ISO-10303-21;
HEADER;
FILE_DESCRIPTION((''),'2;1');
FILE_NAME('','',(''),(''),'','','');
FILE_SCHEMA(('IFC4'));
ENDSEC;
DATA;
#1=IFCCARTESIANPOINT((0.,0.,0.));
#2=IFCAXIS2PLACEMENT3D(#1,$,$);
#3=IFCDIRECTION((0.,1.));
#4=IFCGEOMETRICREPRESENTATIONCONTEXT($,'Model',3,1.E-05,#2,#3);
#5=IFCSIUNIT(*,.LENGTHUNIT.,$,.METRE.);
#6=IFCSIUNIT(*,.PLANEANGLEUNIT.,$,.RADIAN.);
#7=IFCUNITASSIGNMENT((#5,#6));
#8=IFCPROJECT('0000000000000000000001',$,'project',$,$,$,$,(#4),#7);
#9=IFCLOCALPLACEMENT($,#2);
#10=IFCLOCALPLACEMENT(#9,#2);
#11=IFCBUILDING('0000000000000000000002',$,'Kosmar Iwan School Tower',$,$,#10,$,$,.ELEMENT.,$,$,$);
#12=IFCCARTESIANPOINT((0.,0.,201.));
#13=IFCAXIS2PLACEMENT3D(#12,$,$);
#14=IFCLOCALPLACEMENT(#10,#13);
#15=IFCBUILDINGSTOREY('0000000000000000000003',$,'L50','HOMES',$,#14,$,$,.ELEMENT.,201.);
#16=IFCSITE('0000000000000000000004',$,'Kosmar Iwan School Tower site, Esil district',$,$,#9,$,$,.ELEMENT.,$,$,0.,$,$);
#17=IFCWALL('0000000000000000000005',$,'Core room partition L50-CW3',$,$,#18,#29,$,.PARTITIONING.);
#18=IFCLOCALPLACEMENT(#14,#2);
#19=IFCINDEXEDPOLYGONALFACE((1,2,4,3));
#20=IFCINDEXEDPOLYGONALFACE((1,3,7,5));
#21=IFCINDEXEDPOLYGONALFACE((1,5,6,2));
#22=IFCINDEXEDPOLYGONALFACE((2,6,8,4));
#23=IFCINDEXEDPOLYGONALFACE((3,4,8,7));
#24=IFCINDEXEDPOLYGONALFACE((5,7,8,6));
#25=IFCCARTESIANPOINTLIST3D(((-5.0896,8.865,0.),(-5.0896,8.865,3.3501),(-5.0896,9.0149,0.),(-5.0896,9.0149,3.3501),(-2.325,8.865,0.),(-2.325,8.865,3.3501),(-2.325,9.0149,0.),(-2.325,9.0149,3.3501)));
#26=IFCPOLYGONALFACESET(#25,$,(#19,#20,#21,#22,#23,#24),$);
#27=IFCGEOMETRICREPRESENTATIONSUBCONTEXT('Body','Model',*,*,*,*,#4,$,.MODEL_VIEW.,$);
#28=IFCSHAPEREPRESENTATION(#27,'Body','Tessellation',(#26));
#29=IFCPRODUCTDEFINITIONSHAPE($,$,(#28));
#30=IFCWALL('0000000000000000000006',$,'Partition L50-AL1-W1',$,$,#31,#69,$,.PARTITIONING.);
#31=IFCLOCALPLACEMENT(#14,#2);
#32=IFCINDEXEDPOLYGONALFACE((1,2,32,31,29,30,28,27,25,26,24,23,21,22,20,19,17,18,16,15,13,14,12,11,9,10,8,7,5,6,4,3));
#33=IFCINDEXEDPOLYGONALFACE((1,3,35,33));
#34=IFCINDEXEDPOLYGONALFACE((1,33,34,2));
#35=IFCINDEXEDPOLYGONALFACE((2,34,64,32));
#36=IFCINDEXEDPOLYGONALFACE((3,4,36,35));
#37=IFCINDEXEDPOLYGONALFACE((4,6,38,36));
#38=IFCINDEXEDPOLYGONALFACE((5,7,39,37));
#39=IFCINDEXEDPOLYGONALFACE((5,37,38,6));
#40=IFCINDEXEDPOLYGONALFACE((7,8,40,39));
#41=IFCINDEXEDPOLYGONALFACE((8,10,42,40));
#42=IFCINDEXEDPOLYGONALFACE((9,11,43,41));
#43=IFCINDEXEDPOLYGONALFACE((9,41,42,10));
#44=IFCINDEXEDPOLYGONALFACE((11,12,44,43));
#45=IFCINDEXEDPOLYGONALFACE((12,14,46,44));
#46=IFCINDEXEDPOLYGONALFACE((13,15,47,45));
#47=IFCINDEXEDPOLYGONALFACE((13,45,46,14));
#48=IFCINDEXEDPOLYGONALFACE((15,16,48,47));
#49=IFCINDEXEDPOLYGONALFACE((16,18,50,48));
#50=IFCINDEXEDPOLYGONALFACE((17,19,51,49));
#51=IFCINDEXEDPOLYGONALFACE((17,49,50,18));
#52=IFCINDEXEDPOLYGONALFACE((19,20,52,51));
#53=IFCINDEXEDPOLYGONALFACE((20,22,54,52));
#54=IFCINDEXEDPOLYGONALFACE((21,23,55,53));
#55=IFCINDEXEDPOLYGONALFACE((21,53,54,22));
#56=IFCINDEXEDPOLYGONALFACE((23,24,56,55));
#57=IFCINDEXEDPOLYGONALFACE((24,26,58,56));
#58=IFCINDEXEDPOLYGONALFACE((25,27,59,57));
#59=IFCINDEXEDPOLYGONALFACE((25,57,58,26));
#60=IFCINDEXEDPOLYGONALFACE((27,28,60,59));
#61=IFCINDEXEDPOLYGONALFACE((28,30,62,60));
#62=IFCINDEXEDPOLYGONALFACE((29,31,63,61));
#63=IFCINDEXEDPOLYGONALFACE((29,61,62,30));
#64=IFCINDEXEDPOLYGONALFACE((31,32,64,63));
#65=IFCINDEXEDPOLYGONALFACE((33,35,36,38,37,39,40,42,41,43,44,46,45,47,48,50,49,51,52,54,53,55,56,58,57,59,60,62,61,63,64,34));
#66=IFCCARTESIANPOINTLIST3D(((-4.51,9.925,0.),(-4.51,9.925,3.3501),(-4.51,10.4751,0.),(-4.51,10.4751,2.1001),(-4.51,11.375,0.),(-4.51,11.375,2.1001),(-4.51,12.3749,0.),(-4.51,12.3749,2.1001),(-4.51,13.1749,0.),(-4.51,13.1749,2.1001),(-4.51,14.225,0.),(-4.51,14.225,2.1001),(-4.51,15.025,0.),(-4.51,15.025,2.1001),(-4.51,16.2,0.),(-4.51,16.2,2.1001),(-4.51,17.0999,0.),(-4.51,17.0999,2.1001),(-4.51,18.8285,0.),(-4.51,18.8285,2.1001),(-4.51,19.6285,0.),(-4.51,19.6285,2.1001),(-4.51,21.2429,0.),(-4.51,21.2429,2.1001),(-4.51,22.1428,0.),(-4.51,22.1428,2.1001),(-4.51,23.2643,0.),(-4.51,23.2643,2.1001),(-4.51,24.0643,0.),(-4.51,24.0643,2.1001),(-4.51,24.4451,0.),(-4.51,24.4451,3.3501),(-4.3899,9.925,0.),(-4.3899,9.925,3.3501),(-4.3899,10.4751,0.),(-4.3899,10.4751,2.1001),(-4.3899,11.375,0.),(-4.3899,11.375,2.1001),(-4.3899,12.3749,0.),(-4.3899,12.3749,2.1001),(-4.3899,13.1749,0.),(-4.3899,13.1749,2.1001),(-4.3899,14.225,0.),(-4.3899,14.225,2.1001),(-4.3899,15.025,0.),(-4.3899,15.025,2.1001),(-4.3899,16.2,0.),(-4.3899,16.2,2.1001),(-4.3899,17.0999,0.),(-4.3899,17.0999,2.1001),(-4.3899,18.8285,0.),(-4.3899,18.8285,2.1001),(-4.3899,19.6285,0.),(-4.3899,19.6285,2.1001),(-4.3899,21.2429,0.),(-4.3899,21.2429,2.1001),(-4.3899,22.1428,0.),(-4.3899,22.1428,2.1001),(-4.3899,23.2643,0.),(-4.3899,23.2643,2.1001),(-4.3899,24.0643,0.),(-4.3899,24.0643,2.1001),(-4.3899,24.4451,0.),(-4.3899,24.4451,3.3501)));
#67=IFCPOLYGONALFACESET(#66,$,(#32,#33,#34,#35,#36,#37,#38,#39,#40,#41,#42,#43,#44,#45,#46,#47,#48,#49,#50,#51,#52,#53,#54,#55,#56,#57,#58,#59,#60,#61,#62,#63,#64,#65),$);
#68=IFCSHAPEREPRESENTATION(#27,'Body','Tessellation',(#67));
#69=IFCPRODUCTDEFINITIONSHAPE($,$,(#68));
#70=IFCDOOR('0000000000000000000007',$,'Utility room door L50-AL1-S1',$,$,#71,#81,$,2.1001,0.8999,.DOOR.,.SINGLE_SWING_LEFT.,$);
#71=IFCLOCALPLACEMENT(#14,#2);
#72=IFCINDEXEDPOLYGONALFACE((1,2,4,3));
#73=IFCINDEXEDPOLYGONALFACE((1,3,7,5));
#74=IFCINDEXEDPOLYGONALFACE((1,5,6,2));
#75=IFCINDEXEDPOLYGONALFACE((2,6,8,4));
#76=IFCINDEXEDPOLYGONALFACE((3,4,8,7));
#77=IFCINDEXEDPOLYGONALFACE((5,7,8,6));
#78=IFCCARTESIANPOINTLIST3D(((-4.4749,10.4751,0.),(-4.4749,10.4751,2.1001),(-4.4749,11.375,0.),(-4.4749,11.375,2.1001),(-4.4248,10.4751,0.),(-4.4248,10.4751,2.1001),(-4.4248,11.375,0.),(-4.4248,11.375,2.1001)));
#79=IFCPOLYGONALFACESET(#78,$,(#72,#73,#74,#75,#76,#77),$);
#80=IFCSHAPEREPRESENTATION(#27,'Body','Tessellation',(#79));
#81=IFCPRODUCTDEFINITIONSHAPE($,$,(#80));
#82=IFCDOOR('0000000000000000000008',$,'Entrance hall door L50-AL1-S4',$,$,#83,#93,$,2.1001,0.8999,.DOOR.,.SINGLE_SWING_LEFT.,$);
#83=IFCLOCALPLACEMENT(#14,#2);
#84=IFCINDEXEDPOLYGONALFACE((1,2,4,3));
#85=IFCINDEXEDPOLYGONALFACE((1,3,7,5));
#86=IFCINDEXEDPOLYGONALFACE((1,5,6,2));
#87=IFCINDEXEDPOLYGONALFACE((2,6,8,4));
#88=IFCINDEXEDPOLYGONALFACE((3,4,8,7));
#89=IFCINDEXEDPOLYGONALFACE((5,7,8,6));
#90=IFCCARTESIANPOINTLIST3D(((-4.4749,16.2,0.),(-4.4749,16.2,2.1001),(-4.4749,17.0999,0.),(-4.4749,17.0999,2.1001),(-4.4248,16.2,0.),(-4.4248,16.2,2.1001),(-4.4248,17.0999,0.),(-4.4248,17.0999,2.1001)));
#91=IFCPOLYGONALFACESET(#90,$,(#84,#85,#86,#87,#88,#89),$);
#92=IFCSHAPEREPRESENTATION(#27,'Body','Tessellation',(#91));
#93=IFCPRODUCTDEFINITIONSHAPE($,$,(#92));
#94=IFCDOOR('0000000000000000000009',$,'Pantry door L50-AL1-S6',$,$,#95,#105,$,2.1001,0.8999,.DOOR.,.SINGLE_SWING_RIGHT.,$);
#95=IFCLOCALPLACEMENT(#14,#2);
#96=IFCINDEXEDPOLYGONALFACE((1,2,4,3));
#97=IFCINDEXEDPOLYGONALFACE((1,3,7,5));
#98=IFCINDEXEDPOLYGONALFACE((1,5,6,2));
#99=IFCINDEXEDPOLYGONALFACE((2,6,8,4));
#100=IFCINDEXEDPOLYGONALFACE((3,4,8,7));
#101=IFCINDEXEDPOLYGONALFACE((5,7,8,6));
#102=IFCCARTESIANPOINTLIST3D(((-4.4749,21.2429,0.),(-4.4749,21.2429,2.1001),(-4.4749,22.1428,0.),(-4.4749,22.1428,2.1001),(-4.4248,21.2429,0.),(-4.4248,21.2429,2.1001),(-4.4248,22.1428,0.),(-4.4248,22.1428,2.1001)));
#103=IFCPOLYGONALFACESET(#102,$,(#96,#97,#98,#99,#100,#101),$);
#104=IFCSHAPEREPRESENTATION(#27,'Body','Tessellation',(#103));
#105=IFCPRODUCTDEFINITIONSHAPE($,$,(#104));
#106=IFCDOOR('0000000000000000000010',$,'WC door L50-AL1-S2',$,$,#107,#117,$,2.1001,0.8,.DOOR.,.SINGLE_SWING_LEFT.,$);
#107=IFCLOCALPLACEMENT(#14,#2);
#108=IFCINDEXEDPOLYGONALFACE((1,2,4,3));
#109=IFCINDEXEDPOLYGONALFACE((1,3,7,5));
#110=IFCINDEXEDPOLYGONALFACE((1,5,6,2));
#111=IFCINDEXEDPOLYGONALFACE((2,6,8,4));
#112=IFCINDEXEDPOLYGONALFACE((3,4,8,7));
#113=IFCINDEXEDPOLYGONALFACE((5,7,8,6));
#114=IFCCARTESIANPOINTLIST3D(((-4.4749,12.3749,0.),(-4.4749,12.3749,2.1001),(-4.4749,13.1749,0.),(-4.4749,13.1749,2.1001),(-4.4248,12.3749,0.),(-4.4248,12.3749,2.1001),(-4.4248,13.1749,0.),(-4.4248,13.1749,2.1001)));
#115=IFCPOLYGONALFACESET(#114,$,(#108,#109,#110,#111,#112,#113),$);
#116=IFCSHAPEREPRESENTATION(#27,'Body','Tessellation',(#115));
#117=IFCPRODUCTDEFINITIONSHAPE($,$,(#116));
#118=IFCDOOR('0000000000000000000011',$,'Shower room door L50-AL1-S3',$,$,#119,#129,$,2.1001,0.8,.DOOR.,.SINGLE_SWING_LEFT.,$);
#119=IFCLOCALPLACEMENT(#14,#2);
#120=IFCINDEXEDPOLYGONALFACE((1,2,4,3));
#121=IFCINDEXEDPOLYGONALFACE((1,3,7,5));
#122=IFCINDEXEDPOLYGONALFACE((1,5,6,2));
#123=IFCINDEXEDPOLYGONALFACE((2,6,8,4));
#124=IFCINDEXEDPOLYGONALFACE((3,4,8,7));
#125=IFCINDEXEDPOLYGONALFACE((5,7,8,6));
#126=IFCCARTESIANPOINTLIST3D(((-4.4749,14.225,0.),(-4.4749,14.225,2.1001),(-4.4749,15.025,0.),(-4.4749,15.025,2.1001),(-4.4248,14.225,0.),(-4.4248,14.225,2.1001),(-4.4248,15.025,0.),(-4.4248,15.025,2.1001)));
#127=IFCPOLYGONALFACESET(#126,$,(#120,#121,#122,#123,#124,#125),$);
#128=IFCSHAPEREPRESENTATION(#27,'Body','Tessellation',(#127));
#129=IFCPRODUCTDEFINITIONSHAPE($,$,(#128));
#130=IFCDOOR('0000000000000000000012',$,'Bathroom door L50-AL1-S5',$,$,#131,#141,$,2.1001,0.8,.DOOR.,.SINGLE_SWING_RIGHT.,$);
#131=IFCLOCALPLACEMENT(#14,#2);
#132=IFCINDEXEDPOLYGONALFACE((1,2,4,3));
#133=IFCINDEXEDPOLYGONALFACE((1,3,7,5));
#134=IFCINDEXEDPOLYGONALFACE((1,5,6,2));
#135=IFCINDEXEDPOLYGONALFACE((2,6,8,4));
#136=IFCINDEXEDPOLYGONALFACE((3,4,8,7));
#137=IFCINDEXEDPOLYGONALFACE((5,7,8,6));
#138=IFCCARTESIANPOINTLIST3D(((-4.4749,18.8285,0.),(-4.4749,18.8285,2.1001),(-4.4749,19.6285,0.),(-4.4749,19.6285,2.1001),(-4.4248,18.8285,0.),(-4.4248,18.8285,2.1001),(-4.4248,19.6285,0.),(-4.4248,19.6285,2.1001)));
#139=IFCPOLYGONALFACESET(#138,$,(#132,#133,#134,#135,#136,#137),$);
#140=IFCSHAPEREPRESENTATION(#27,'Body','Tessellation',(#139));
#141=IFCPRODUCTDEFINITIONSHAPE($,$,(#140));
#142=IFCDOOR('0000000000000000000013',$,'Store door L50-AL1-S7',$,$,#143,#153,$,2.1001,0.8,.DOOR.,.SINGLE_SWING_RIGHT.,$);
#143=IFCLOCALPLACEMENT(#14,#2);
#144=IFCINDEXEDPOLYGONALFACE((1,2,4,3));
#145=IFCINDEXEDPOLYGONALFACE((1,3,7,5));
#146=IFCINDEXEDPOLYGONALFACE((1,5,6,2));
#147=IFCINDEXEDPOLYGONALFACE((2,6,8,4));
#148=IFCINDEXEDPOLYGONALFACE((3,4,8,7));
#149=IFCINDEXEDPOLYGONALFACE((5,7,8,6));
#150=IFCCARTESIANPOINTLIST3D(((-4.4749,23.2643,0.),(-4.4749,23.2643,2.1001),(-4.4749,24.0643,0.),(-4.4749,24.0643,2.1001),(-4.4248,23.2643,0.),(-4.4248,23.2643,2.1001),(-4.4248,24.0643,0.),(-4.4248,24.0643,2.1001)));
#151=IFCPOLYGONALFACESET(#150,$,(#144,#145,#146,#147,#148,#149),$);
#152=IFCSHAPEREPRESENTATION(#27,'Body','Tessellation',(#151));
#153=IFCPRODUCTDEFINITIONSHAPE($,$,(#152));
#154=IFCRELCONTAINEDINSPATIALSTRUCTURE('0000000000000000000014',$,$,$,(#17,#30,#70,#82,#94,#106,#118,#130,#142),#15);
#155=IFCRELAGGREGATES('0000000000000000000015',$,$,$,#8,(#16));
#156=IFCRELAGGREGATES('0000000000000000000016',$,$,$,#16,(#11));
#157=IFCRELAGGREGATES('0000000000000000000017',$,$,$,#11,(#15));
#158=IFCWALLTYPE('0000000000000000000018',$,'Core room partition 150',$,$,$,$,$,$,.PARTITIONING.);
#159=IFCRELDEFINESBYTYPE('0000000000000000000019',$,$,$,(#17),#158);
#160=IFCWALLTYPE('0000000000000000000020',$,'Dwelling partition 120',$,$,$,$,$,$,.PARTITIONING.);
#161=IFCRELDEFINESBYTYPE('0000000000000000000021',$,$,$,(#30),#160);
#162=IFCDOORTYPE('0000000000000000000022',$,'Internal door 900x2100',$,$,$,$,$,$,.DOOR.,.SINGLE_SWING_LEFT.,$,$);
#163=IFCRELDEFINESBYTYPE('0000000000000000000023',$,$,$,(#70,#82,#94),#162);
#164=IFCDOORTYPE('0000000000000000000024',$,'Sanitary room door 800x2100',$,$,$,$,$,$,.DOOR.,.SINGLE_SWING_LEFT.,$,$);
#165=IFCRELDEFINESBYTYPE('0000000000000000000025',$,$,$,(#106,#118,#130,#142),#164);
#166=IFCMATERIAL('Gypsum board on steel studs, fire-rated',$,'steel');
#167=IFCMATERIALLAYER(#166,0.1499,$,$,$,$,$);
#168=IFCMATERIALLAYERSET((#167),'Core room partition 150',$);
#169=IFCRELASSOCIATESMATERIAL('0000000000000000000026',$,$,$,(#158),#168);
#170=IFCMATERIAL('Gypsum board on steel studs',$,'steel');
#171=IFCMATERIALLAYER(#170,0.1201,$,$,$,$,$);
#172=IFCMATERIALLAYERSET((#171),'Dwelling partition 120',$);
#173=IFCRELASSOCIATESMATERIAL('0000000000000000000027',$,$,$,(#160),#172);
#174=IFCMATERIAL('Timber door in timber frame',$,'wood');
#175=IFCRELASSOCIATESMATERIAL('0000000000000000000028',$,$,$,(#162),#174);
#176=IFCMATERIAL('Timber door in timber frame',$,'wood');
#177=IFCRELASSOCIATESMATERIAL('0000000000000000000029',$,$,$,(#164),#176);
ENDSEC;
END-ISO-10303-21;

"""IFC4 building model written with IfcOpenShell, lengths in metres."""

from ifc_helpers import new_model, si_unit, direction, frame, frame_2d, origin, place, context, subcontext, project, spatial, rectangle, extrude, material, layer, layer_set, type_object, element, fill, save


model = new_model("IFC4")

# Units and contexts
model_context = context("Model", 3, precision=1e-05, world=origin(), true_north=direction((0.0, 1.0)))
body_context = subcontext(model_context, "Body", "Model", "MODEL_VIEW")
ifc_project = project(units=[si_unit("LENGTHUNIT", "METRE"), si_unit("PLANEANGLEUNIT", "RADIAN")], contexts=[model_context])

# Site, building, storey
site_placement = place(None, origin())
site = spatial("IfcSite", under=ifc_project, at=site_placement, Name="Kosmar Iwan School Tower site, Esil district", CompositionType="ELEMENT", RefElevation=0.0)
building_placement = place(site_placement, origin())
building = spatial("IfcBuilding", under=site, at=building_placement, Name="Kosmar Iwan School Tower", CompositionType="ELEMENT")
storey_placement = place(building_placement, frame((0.0, 0.0, 201.0)))
storey = spatial("IfcBuildingStorey", under=building, at=storey_placement, Name="L50", Description="HOMES", CompositionType="ELEMENT", Elevation=201.0)

# Wall
ifc_material_1 = material(Name="Gypsum board on steel studs, fire-rated", Category="steel")
ifc_layer_1 = layer(ifc_material_1, 0.1499)
ifc_layer_set_1 = layer_set([ifc_layer_1], Name="Core room partition 150")
wall_type_1 = type_object("IfcWallType", Name="Core room partition 150", PredefinedType="PARTITIONING", material=ifc_layer_set_1)
wall_1_placement = place(storey_placement, frame((-5.0896, 8.9399, 0.0), z_axis=(0.0, 0.0, 1.0), x_axis=(1.0, 0.0, 0.0)))
element("IfcWall", 1, at=wall_1_placement, inside=storey, type_object=wall_type_1, Name="Core room partition L50-CW3", PredefinedType="PARTITIONING", context=body_context, shape_type="SweptSolid", body=[
    extrude(rectangle(XDim=2.7646, YDim=0.1499, at=frame_2d((1.3823, 0.0))), origin(), (0.0, 0.0, 1.0), 3.3501),
])

# Wall, openings, doors
ifc_material_2 = material(Name="Gypsum board on steel studs", Category="steel")
ifc_layer_2 = layer(ifc_material_2, 0.1201)
ifc_layer_set_2 = layer_set([ifc_layer_2], Name="Dwelling partition 120")
wall_type_2 = type_object("IfcWallType", Name="Dwelling partition 120", PredefinedType="PARTITIONING", material=ifc_layer_set_2)
wall_2_placement = place(storey_placement, frame((-4.45, 9.925, 0.0), z_axis=(0.0, 0.0, 1.0), x_axis=(0.0, 1.0, 0.0)))
wall_2 = element("IfcWall", 2, at=wall_2_placement, inside=storey, type_object=wall_type_2, Name="Partition L50-AL1-W1", PredefinedType="PARTITIONING", context=body_context, shape_type="SweptSolid", body=[
    extrude(rectangle(XDim=14.52, YDim=0.1201, at=frame_2d((7.26, 0.0))), origin(), (0.0, 0.0, 1.0), 3.3501),
])
opening_1_placement = place(wall_2_placement, frame((0.55, 0.0, 0.0)))
opening_1 = element("IfcOpeningElement", 3, at=opening_1_placement, cuts=wall_2, PredefinedType="OPENING", context=body_context, shape_type="SweptSolid", body=[
    extrude(rectangle(XDim=0.8999, YDim=2.1001, at=frame_2d((0.45, 1.05))), frame((0.0, 0.072, 0.0), z_axis=(0.0, -1.0, 0.0), x_axis=(1.0, 0.0, 0.0)), (0.0, 0.0, 1.0), 0.144),
])
opening_2_placement = place(wall_2_placement, frame((2.45, 0.0, 0.0)))
opening_2 = element("IfcOpeningElement", 4, at=opening_2_placement, cuts=wall_2, PredefinedType="OPENING", context=body_context, shape_type="SweptSolid", body=[
    extrude(rectangle(XDim=0.8, YDim=2.1001, at=frame_2d((0.3999, 1.05))), frame((0.0, 0.072, 0.0), z_axis=(0.0, -1.0, 0.0), x_axis=(1.0, 0.0, 0.0)), (0.0, 0.0, 1.0), 0.144),
])
opening_3_placement = place(wall_2_placement, frame((4.3, 0.0, 0.0)))
opening_3 = element("IfcOpeningElement", 5, at=opening_3_placement, cuts=wall_2, PredefinedType="OPENING", context=body_context, shape_type="SweptSolid", body=[
    extrude(rectangle(XDim=0.8, YDim=2.1001, at=frame_2d((0.3999, 1.05))), frame((0.0, 0.072, 0.0), z_axis=(0.0, -1.0, 0.0), x_axis=(1.0, 0.0, 0.0)), (0.0, 0.0, 1.0), 0.144),
])
opening_4_placement = place(wall_2_placement, frame((6.2749, 0.0, 0.0)))
opening_4 = element("IfcOpeningElement", 6, at=opening_4_placement, cuts=wall_2, PredefinedType="OPENING", context=body_context, shape_type="SweptSolid", body=[
    extrude(rectangle(XDim=0.8999, YDim=2.1001, at=frame_2d((0.45, 1.05))), frame((0.0, 0.072, 0.0), z_axis=(0.0, -1.0, 0.0), x_axis=(1.0, 0.0, 0.0)), (0.0, 0.0, 1.0), 0.144),
])
opening_5_placement = place(wall_2_placement, frame((8.9036, 0.0, 0.0)))
opening_5 = element("IfcOpeningElement", 7, at=opening_5_placement, cuts=wall_2, PredefinedType="OPENING", context=body_context, shape_type="SweptSolid", body=[
    extrude(rectangle(XDim=0.8, YDim=2.1001, at=frame_2d((0.3999, 1.05))), frame((0.0, 0.072, 0.0), z_axis=(0.0, -1.0, 0.0), x_axis=(1.0, 0.0, 0.0)), (0.0, 0.0, 1.0), 0.144),
])
opening_6_placement = place(wall_2_placement, frame((11.3179, 0.0, 0.0)))
opening_6 = element("IfcOpeningElement", 8, at=opening_6_placement, cuts=wall_2, PredefinedType="OPENING", context=body_context, shape_type="SweptSolid", body=[
    extrude(rectangle(XDim=0.8999, YDim=2.1001, at=frame_2d((0.45, 1.05))), frame((0.0, 0.072, 0.0), z_axis=(0.0, -1.0, 0.0), x_axis=(1.0, 0.0, 0.0)), (0.0, 0.0, 1.0), 0.144),
])
opening_7_placement = place(wall_2_placement, frame((13.3394, 0.0, 0.0)))
opening_7 = element("IfcOpeningElement", 9, at=opening_7_placement, cuts=wall_2, PredefinedType="OPENING", context=body_context, shape_type="SweptSolid", body=[
    extrude(rectangle(XDim=0.8, YDim=2.1001, at=frame_2d((0.3999, 1.05))), frame((0.0, 0.072, 0.0), z_axis=(0.0, -1.0, 0.0), x_axis=(1.0, 0.0, 0.0)), (0.0, 0.0, 1.0), 0.144),
])
ifc_material_3 = material(Name="Timber door in timber frame", Category="wood")
door_type_1 = type_object("IfcDoorType", Name="Internal door 900x2100", OperationType="SINGLE_SWING_LEFT", PredefinedType="DOOR", material=ifc_material_3)
door_1_placement = place(opening_1_placement, origin())
door_1 = element("IfcDoor", 10, at=door_1_placement, inside=storey, type_object=door_type_1, Name="Utility room door L50-AL1-S1", OperationType="SINGLE_SWING_LEFT", OverallHeight=2.1001, OverallWidth=0.8999, PredefinedType="DOOR", context=body_context, shape_type="SweptSolid", body=[
    extrude(rectangle(XDim=0.8999, YDim=2.1001, at=frame_2d((0.45, 1.05))), frame((0.0, 0.0249, 0.0), z_axis=(0.0, -1.0, 0.0), x_axis=(1.0, 0.0, 0.0)), (0.0, 0.0, 1.0), 0.05),
])
fill(opening_1, door_1)
door_2_placement = place(opening_4_placement, origin())
door_2 = element("IfcDoor", 11, at=door_2_placement, inside=storey, type_object=door_type_1, Name="Entrance hall door L50-AL1-S4", OperationType="SINGLE_SWING_LEFT", OverallHeight=2.1001, OverallWidth=0.8999, PredefinedType="DOOR", context=body_context, shape_type="SweptSolid", body=[
    extrude(rectangle(XDim=0.8999, YDim=2.1001, at=frame_2d((0.45, 1.05))), frame((0.0, 0.0249, 0.0), z_axis=(0.0, -1.0, 0.0), x_axis=(1.0, 0.0, 0.0)), (0.0, 0.0, 1.0), 0.05),
])
fill(opening_4, door_2)
door_3_placement = place(opening_6_placement, origin())
door_3 = element("IfcDoor", 12, at=door_3_placement, inside=storey, type_object=door_type_1, Name="Pantry door L50-AL1-S6", OperationType="SINGLE_SWING_RIGHT", OverallHeight=2.1001, OverallWidth=0.8999, PredefinedType="DOOR", context=body_context, shape_type="SweptSolid", body=[
    extrude(rectangle(XDim=0.8999, YDim=2.1001, at=frame_2d((0.45, 1.05))), frame((0.0, 0.0249, 0.0), z_axis=(0.0, -1.0, 0.0), x_axis=(1.0, 0.0, 0.0)), (0.0, 0.0, 1.0), 0.05),
])
fill(opening_6, door_3)
ifc_material_4 = material(Name="Timber door in timber frame", Category="wood")
door_type_2 = type_object("IfcDoorType", Name="Sanitary room door 800x2100", OperationType="SINGLE_SWING_LEFT", PredefinedType="DOOR", material=ifc_material_4)
door_4_placement = place(opening_2_placement, origin())
door_4 = element("IfcDoor", 13, at=door_4_placement, inside=storey, type_object=door_type_2, Name="WC door L50-AL1-S2", OperationType="SINGLE_SWING_LEFT", OverallHeight=2.1001, OverallWidth=0.8, PredefinedType="DOOR", context=body_context, shape_type="SweptSolid", body=[
    extrude(rectangle(XDim=0.8, YDim=2.1001, at=frame_2d((0.3999, 1.05))), frame((0.0, 0.0249, 0.0), z_axis=(0.0, -1.0, 0.0), x_axis=(1.0, 0.0, 0.0)), (0.0, 0.0, 1.0), 0.05),
])
fill(opening_2, door_4)
door_5_placement = place(opening_3_placement, origin())
door_5 = element("IfcDoor", 14, at=door_5_placement, inside=storey, type_object=door_type_2, Name="Shower room door L50-AL1-S3", OperationType="SINGLE_SWING_LEFT", OverallHeight=2.1001, OverallWidth=0.8, PredefinedType="DOOR", context=body_context, shape_type="SweptSolid", body=[
    extrude(rectangle(XDim=0.8, YDim=2.1001, at=frame_2d((0.3999, 1.05))), frame((0.0, 0.0249, 0.0), z_axis=(0.0, -1.0, 0.0), x_axis=(1.0, 0.0, 0.0)), (0.0, 0.0, 1.0), 0.05),
])
fill(opening_3, door_5)
door_6_placement = place(opening_5_placement, origin())
door_6 = element("IfcDoor", 15, at=door_6_placement, inside=storey, type_object=door_type_2, Name="Bathroom door L50-AL1-S5", OperationType="SINGLE_SWING_RIGHT", OverallHeight=2.1001, OverallWidth=0.8, PredefinedType="DOOR", context=body_context, shape_type="SweptSolid", body=[
    extrude(rectangle(XDim=0.8, YDim=2.1001, at=frame_2d((0.3999, 1.05))), frame((0.0, 0.0249, 0.0), z_axis=(0.0, -1.0, 0.0), x_axis=(1.0, 0.0, 0.0)), (0.0, 0.0, 1.0), 0.05),
])
fill(opening_5, door_6)
door_7_placement = place(opening_7_placement, origin())
door_7 = element("IfcDoor", 16, at=door_7_placement, inside=storey, type_object=door_type_2, Name="Store door L50-AL1-S7", OperationType="SINGLE_SWING_RIGHT", OverallHeight=2.1001, OverallWidth=0.8, PredefinedType="DOOR", context=body_context, shape_type="SweptSolid", body=[
    extrude(rectangle(XDim=0.8, YDim=2.1001, at=frame_2d((0.3999, 1.05))), frame((0.0, 0.0249, 0.0), z_axis=(0.0, -1.0, 0.0), x_axis=(1.0, 0.0, 0.0)), (0.0, 0.0, 1.0), 0.05),
])
fill(opening_7, door_7)

save(model, "model.ifc")
